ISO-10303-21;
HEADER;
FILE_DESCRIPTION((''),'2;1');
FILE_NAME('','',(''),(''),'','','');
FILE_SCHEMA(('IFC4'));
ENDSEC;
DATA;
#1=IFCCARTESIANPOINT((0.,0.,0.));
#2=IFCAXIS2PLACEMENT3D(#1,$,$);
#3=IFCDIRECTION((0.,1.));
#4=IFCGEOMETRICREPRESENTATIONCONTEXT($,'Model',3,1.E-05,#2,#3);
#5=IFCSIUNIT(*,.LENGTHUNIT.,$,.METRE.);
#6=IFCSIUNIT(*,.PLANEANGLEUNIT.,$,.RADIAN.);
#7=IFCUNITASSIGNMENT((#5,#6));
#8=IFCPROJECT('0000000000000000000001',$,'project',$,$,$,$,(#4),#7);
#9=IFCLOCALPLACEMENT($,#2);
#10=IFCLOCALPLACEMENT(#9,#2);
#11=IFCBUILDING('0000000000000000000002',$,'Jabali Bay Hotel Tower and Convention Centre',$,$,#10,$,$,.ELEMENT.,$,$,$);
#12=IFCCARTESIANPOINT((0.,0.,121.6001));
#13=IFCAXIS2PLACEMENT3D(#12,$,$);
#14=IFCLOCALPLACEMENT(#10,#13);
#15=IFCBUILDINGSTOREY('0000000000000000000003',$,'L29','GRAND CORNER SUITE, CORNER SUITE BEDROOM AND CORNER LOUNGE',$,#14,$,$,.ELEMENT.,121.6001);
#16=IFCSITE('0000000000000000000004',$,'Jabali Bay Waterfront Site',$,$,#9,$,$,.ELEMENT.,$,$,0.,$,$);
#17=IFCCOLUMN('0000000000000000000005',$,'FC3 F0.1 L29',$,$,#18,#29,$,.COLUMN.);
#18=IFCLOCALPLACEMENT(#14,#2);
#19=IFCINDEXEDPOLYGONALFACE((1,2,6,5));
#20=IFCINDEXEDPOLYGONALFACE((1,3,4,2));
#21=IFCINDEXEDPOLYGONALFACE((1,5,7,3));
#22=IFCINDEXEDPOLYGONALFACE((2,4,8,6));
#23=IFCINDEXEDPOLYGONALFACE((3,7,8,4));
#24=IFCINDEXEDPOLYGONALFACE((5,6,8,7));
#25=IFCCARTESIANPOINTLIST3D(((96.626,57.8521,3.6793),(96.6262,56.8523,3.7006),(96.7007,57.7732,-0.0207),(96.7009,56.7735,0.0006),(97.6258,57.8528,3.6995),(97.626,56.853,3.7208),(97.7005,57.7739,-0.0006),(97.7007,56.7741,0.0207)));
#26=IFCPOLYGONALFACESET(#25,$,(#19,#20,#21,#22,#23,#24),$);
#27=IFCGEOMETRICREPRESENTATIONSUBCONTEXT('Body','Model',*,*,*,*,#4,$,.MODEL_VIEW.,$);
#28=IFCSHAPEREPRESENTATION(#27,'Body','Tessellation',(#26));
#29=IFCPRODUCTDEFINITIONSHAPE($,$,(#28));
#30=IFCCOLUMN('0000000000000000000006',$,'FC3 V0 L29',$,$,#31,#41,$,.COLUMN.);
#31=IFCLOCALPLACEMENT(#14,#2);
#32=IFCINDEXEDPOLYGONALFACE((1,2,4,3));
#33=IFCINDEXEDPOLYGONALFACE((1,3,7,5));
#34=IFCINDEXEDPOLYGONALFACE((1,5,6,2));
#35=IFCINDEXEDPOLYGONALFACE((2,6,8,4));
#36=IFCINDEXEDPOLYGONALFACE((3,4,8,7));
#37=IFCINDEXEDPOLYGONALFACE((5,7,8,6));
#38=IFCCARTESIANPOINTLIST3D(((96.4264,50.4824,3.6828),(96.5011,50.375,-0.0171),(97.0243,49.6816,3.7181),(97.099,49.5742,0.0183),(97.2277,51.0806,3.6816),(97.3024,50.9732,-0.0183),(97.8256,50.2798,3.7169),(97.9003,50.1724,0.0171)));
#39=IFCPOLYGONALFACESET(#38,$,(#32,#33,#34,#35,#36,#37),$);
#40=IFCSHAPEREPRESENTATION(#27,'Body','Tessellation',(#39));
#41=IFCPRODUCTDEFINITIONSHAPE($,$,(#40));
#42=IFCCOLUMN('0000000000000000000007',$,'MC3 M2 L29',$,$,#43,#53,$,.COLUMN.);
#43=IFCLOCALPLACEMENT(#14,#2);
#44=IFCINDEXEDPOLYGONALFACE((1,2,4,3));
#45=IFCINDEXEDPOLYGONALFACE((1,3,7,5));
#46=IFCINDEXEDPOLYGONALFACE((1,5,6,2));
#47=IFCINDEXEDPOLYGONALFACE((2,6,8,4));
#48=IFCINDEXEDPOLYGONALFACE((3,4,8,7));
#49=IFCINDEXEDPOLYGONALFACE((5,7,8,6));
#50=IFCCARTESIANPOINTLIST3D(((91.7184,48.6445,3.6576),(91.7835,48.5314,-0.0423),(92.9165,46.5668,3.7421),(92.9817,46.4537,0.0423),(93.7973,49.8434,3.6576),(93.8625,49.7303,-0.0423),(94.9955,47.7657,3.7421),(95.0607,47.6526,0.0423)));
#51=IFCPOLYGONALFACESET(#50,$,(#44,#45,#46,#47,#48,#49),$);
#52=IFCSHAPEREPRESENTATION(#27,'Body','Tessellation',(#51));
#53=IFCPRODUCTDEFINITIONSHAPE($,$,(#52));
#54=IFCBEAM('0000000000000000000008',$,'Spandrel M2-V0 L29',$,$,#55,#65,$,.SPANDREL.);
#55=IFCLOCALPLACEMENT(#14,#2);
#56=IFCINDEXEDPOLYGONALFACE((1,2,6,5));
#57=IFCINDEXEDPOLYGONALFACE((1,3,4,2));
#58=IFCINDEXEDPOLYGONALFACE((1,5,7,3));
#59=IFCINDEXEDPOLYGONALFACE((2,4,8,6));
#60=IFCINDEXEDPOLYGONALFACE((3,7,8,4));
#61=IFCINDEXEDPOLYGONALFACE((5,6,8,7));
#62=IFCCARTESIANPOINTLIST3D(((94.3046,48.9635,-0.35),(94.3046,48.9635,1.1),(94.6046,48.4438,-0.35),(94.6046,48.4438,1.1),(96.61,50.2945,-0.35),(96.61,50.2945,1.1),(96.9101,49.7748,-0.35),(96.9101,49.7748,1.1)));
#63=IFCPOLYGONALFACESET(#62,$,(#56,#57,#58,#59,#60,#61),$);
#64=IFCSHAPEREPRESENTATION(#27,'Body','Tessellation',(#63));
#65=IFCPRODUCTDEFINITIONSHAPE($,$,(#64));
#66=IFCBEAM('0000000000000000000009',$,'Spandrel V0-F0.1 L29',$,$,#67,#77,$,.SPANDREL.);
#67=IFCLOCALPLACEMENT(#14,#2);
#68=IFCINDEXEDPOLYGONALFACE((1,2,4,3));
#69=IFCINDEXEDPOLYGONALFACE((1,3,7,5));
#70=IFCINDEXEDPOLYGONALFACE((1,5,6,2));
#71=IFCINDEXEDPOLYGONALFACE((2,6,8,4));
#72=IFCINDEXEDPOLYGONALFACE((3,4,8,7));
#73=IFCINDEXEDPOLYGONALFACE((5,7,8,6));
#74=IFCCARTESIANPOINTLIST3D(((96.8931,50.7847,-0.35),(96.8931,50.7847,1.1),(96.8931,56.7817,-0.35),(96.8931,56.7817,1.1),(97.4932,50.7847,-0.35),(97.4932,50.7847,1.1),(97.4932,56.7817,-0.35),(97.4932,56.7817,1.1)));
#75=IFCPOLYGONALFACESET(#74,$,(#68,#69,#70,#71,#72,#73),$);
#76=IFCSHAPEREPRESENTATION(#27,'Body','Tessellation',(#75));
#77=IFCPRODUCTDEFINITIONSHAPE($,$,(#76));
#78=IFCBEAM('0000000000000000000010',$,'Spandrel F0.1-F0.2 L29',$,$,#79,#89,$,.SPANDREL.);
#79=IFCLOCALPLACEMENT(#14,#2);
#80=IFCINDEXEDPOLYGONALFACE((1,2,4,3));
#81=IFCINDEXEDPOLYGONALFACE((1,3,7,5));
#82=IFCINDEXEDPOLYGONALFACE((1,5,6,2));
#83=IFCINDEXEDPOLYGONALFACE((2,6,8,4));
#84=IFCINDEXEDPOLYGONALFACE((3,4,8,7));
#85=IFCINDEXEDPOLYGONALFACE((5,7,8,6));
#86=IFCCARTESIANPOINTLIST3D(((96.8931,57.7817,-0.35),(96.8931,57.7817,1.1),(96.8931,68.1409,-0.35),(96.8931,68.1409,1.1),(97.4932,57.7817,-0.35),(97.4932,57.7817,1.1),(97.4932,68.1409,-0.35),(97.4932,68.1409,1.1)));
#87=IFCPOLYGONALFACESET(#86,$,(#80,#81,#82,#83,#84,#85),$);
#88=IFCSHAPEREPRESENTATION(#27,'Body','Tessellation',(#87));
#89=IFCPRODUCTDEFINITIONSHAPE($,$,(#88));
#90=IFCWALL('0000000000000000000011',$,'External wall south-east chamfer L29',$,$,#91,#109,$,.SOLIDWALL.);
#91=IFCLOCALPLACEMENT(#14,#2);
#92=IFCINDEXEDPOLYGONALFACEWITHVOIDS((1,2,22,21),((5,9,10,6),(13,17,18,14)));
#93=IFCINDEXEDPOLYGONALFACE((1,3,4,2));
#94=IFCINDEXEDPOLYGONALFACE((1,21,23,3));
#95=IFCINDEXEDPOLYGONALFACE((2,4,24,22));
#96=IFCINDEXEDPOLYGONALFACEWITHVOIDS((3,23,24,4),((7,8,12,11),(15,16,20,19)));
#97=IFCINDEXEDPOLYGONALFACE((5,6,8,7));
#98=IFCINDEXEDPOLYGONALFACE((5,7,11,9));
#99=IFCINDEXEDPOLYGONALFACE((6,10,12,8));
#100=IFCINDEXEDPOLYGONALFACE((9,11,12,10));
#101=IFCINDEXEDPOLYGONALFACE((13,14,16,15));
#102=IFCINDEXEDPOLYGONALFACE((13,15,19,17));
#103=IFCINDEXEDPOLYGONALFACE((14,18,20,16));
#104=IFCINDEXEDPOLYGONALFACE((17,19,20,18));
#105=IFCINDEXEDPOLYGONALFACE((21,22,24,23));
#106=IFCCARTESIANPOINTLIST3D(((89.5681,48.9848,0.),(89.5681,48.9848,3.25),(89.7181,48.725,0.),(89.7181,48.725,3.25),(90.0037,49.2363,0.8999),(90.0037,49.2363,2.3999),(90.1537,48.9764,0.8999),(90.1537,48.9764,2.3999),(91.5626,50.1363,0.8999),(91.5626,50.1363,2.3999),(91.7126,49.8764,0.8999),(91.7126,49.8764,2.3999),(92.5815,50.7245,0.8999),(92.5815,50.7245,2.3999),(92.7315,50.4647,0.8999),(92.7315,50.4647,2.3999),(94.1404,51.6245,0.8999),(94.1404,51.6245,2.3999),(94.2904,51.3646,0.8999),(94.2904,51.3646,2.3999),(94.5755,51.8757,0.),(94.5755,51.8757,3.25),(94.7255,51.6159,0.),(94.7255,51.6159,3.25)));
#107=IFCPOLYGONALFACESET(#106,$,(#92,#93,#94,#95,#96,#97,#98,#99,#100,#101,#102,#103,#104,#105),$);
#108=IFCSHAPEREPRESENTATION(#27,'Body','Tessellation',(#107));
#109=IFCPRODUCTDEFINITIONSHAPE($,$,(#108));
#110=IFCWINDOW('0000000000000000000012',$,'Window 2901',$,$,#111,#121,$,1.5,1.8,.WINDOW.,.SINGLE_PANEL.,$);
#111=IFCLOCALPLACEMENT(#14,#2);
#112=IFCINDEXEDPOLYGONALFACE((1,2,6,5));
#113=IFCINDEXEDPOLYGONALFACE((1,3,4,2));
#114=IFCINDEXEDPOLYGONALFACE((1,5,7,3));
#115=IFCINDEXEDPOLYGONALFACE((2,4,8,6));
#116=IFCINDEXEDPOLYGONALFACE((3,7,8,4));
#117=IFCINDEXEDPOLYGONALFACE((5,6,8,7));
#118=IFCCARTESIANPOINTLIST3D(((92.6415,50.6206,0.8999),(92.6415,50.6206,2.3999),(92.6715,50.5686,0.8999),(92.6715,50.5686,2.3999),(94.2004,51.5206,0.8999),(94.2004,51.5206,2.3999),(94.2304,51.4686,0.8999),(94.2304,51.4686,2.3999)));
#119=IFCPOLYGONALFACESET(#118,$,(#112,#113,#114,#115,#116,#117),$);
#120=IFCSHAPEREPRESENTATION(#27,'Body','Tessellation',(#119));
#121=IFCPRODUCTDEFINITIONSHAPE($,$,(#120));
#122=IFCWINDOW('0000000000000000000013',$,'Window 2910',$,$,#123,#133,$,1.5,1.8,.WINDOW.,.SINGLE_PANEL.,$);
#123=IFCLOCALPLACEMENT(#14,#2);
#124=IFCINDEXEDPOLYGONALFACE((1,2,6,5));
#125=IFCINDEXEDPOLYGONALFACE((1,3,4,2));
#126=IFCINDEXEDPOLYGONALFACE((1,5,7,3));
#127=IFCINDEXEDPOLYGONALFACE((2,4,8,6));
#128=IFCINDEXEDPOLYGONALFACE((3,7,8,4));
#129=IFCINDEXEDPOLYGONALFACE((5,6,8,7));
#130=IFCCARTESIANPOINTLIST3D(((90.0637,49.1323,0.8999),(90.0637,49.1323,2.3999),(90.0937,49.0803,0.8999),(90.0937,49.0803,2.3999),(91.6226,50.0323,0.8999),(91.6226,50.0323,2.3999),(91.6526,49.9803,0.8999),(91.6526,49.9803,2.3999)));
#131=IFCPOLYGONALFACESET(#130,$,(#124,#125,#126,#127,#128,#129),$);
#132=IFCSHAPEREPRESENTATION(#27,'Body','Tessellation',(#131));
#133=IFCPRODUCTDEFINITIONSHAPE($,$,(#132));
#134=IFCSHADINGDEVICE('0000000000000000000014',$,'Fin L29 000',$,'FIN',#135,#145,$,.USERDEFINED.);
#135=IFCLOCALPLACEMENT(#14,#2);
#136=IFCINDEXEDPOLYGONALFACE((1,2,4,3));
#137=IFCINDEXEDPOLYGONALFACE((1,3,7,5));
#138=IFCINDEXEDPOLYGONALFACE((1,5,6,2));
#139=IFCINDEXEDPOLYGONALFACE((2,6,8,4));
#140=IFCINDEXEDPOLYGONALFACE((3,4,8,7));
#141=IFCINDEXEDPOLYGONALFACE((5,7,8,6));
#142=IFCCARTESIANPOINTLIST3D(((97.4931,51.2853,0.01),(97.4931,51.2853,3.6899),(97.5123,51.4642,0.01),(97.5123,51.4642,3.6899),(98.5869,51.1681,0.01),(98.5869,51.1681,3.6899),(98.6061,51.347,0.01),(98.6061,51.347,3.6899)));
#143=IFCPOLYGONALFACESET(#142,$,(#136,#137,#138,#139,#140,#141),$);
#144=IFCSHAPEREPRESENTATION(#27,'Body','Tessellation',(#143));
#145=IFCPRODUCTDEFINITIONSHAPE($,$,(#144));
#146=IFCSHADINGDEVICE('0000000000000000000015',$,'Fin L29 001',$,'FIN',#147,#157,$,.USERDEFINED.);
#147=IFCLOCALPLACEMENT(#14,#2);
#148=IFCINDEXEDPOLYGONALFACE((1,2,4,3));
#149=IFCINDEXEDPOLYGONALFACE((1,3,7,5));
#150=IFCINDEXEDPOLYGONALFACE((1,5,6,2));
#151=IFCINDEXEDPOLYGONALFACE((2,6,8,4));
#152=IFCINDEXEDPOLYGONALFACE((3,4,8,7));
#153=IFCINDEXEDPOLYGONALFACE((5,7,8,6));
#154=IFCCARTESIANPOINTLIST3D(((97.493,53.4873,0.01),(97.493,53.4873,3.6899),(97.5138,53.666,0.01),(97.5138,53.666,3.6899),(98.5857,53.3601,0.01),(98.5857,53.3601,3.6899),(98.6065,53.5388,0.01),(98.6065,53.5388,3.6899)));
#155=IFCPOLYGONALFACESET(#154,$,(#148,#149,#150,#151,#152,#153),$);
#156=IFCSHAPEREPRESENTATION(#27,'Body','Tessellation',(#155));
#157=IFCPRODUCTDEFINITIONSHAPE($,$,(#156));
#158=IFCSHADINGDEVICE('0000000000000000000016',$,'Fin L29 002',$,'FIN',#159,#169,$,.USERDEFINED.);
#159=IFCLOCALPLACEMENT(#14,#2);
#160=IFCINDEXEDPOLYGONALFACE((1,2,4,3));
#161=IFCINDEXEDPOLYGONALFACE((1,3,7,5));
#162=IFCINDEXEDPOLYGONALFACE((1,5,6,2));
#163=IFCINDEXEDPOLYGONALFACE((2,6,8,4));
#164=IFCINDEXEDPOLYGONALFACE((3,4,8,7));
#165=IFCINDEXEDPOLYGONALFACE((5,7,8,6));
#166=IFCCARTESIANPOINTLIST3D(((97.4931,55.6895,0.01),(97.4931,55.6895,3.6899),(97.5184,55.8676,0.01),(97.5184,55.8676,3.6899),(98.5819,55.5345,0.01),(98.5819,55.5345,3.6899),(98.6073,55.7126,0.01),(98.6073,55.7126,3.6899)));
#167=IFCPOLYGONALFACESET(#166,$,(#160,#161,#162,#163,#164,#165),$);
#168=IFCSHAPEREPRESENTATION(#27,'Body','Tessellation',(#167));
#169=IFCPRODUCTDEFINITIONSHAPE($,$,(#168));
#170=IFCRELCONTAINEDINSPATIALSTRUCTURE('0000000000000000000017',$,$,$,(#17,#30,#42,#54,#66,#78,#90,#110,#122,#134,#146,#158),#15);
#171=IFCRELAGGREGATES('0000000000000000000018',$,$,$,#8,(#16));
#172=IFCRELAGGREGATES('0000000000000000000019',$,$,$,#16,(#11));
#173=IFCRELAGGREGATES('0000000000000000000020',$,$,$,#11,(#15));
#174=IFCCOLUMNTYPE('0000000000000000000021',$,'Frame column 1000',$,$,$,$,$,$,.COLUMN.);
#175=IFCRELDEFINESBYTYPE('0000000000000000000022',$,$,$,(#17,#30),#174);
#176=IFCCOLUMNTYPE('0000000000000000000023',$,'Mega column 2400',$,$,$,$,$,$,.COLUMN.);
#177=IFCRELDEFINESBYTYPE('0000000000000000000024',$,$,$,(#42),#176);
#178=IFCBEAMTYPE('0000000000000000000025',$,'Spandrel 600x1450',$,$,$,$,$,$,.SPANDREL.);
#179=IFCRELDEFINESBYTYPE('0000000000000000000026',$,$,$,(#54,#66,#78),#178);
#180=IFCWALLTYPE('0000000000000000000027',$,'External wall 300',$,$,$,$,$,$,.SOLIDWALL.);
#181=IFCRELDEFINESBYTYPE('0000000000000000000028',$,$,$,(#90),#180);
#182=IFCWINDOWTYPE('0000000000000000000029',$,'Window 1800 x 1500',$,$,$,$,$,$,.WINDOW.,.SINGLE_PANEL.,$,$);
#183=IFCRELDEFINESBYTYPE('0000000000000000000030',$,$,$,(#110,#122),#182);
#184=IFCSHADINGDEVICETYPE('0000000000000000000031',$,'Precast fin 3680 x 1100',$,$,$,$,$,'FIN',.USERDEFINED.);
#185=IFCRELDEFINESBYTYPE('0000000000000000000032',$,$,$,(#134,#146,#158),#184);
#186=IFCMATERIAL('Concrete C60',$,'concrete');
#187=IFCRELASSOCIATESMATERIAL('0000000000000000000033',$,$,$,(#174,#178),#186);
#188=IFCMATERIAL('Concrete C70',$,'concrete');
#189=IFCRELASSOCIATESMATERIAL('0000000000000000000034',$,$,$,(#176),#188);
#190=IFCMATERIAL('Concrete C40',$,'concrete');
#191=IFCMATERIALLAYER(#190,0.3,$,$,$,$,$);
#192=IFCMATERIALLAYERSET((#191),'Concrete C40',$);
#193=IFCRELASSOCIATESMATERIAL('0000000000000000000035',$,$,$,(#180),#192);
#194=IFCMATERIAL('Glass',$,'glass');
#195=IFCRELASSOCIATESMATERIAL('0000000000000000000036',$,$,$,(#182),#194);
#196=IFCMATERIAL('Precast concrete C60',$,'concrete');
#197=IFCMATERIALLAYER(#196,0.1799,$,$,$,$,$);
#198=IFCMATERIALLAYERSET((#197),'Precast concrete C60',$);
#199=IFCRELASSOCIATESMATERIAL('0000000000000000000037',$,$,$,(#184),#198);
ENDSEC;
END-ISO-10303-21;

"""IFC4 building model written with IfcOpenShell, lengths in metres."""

from ifc_helpers import new_model, si_unit, direction, frame, frame_2d, origin, origin_2d, place, context, subcontext, project, spatial, rectangle, extrude, material, layer, layer_set, material_profile, profile_set, type_object, element, fill, save


model = new_model("IFC4")

# Units and contexts
model_context = context("Model", 3, precision=1e-05, world=origin(), true_north=direction((0.0, 1.0)))
body_context = subcontext(model_context, "Body", "Model", "MODEL_VIEW")
ifc_project = project(units=[si_unit("LENGTHUNIT", "METRE"), si_unit("PLANEANGLEUNIT", "RADIAN")], contexts=[model_context])

# Site, building, storey
site_placement = place(None, origin())
site = spatial("IfcSite", under=ifc_project, at=site_placement, Name="Jabali Bay Waterfront Site", CompositionType="ELEMENT", RefElevation=0.0)
building_placement = place(site_placement, origin())
building = spatial("IfcBuilding", under=site, at=building_placement, Name="Jabali Bay Hotel Tower and Convention Centre", CompositionType="ELEMENT")
storey_placement = place(building_placement, frame((0.0, 0.0, 121.6001)))
storey = spatial("IfcBuildingStorey", under=building, at=storey_placement, Name="L29", Description="GRAND CORNER SUITE, CORNER SUITE BEDROOM AND CORNER LOUNGE", CompositionType="ELEMENT", Elevation=121.6001)

# Columns
ifc_material_1 = material(Name="Concrete C60", Category="concrete")
ifc_material_profile_1 = material_profile(ifc_material_1, rectangle(XDim=1.0, YDim=1.0, at=origin_2d()), Name="Frame column 1000")
ifc_profile_set_1 = profile_set([ifc_material_profile_1], Name="Concrete C60")
column_type_1 = type_object("IfcColumnType", Name="Frame column 1000", PredefinedType="COLUMN", material=ifc_profile_set_1)
column_1_placement = place(storey_placement, frame((97.2007, 57.2737, 0.0), z_axis=(-0.020183, 0.021304, 0.999569), x_axis=(0.000228, -0.999773, 0.021313)))
element("IfcColumn", 1, at=column_1_placement, inside=storey, type_object=column_type_1, Name="FC3 F0.1 L29", PredefinedType="COLUMN", context=body_context, shape_type="SweptSolid", body=[
    extrude(rectangle(XDim=1.0, YDim=1.0, at=origin_2d()), origin(), (0.0, 0.0, 1.0), 3.7017),
])
column_2_placement = place(storey_placement, frame((97.2007, 50.2737, 0.0), z_axis=(-0.020179, 0.029015, 0.999375), x_axis=(-0.801322, -0.598232, 0.001189)))
element("IfcColumn", 2, at=column_2_placement, inside=storey, type_object=column_type_1, Name="FC3 V0 L29", PredefinedType="COLUMN", context=body_context, shape_type="SweptSolid", body=[
    extrude(rectangle(XDim=1.0, YDim=1.0, at=origin_2d()), origin(), (0.0, 0.0, 1.0), 3.7021),
])
ifc_material_2 = material(Name="Concrete C70", Category="concrete")
ifc_material_profile_2 = material_profile(ifc_material_2, rectangle(XDim=2.3999, YDim=2.3999, at=origin_2d()), Name="Mega column 2400")
ifc_profile_set_2 = profile_set([ifc_material_profile_2], Name="Concrete C70")
column_type_2 = type_object("IfcColumnType", Name="Mega column 2400", PredefinedType="COLUMN", material=ifc_profile_set_2)
column_3_placement = place(storey_placement, frame((93.4221, 48.092, 0.0), z_axis=(-0.017607, 0.030532, 0.999379), x_axis=(-0.866277, -0.499564, 0.0)))
element("IfcColumn", 3, at=column_3_placement, inside=storey, type_object=column_type_2, Name="MC3 M2 L29", PredefinedType="COLUMN", context=body_context, shape_type="SweptSolid", body=[
    extrude(rectangle(XDim=2.3999, YDim=2.3999, at=origin_2d()), origin(), (0.0, 0.0, 1.0), 3.7021),
])

# Beams
ifc_material_profile_3 = material_profile(ifc_material_1, rectangle(XDim=0.6001, YDim=1.45, at=origin_2d()), Name="Spandrel 600x1450")
ifc_profile_set_3 = profile_set([ifc_material_profile_3], Name="Concrete C60")
beam_type = type_object("IfcBeamType", Name="Spandrel 600x1450", PredefinedType="SPANDREL", material=ifc_profile_set_3)
beam_1_placement = place(storey_placement, frame((94.4546, 48.7036, 0.375), z_axis=(0.866022, 0.500006, 0.0), x_axis=(-0.500006, 0.866022, 0.0)))
element("IfcBeam", 4, at=beam_1_placement, inside=storey, type_object=beam_type, Name="Spandrel M2-V0 L29", PredefinedType="SPANDREL", context=body_context, shape_type="SweptSolid", body=[
    extrude(rectangle(XDim=0.6001, YDim=1.45, at=origin_2d()), origin(), (0.0, 0.0, 1.0), 2.6621),
])
beam_2_placement = place(storey_placement, frame((97.1931, 50.7847, 0.375), z_axis=(0.0, 1.0, 0.0), x_axis=(-1.0, 0.0, 0.0)))
element("IfcBeam", 5, at=beam_2_placement, inside=storey, type_object=beam_type, Name="Spandrel V0-F0.1 L29", PredefinedType="SPANDREL", context=body_context, shape_type="SweptSolid", body=[
    extrude(rectangle(XDim=0.6001, YDim=1.45, at=origin_2d()), origin(), (0.0, 0.0, 1.0), 5.9971),
])
beam_3_placement = place(storey_placement, frame((97.1931, 57.7817, 0.375), z_axis=(0.0, 1.0, 0.0), x_axis=(-1.0, 0.0, 0.0)))
element("IfcBeam", 6, at=beam_3_placement, inside=storey, type_object=beam_type, Name="Spandrel F0.1-F0.2 L29", PredefinedType="SPANDREL", context=body_context, shape_type="SweptSolid", body=[
    extrude(rectangle(XDim=0.6001, YDim=1.45, at=origin_2d()), origin(), (0.0, 0.0, 1.0), 10.3591),
])

# Wall, openings, windows
ifc_material_3 = material(Name="Concrete C40", Category="concrete")
ifc_layer_1 = layer(ifc_material_3, 0.3)
ifc_layer_set_1 = layer_set([ifc_layer_1], Name="Concrete C40")
wall_type = type_object("IfcWallType", Name="External wall 300", PredefinedType="SOLIDWALL", material=ifc_layer_set_1)
wall_placement = place(storey_placement, frame((94.6506, 51.7458, 0.0), z_axis=(0.0, 0.0, 1.0), x_axis=(-0.866034, -0.499986, 0.0)))
wall = element("IfcWall", 7, at=wall_placement, inside=storey, type_object=wall_type, Name="External wall south-east chamfer L29", PredefinedType="SOLIDWALL", context=body_context, shape_type="SweptSolid", body=[
    extrude(rectangle(XDim=5.782, YDim=0.3, at=frame_2d((2.8911, 0.0))), origin(), (0.0, 0.0, 1.0), 3.25),
])
opening_1_placement = place(wall_placement, frame((0.5027, 0.0, 0.8999)))
opening_1 = element("IfcOpeningElement", 8, at=opening_1_placement, cuts=wall, PredefinedType="OPENING", context=body_context, shape_type="SweptSolid", body=[
    extrude(rectangle(XDim=1.8, YDim=1.5, at=frame_2d((0.8999, 0.75))), frame((0.0, 0.1606, 0.0), z_axis=(0.0, -1.0, 0.0), x_axis=(1.0, 0.0, 0.0)), (0.0, 0.0, 1.0), 0.321),
])
opening_2_placement = place(wall_placement, frame((3.4792, 0.0, 0.8999)))
opening_2 = element("IfcOpeningElement", 9, at=opening_2_placement, cuts=wall, PredefinedType="OPENING", context=body_context, shape_type="SweptSolid", body=[
    extrude(rectangle(XDim=1.8, YDim=1.5, at=frame_2d((0.8999, 0.75))), frame((0.0, 0.1606, 0.0), z_axis=(0.0, -1.0, 0.0), x_axis=(1.0, 0.0, 0.0)), (0.0, 0.0, 1.0), 0.321),
])
ifc_material_4 = material(Name="Glass", Category="glass")
window_type = type_object("IfcWindowType", Name="Window 1800 x 1500", PartitioningType="SINGLE_PANEL", PredefinedType="WINDOW", material=ifc_material_4)
window_1_placement = place(opening_1_placement, origin())
window_1 = element("IfcWindow", 10, at=window_1_placement, inside=storey, type_object=window_type, Name="Window 2901", OverallHeight=1.5, OverallWidth=1.8, PartitioningType="SINGLE_PANEL", PredefinedType="WINDOW", context=body_context, shape_type="SweptSolid", body=[
    extrude(rectangle(XDim=1.8, YDim=1.5, at=frame_2d((0.8999, 0.75))), frame((0.0, 0.03, 0.0), z_axis=(0.0, -1.0, 0.0), x_axis=(1.0, 0.0, 0.0)), (0.0, 0.0, 1.0), 0.0601),
])
fill(opening_1, window_1)
window_2_placement = place(opening_2_placement, origin())
window_2 = element("IfcWindow", 11, at=window_2_placement, inside=storey, type_object=window_type, Name="Window 2910", OverallHeight=1.5, OverallWidth=1.8, PartitioningType="SINGLE_PANEL", PredefinedType="WINDOW", context=body_context, shape_type="SweptSolid", body=[
    extrude(rectangle(XDim=1.8, YDim=1.5, at=frame_2d((0.8999, 0.75))), frame((0.0, 0.03, 0.0), z_axis=(0.0, -1.0, 0.0), x_axis=(1.0, 0.0, 0.0)), (0.0, 0.0, 1.0), 0.0601),
])
fill(opening_2, window_2)

# Shading devices
ifc_material_5 = material(Name="Precast concrete C60", Category="concrete")
ifc_layer_2 = layer(ifc_material_5, 0.1799)
ifc_layer_set_2 = layer_set([ifc_layer_2], Name="Precast concrete C60")
shading_device_type_1 = type_object("IfcShadingDeviceType", Name="Precast fin 3680 x 1100", ElementType="FIN", PredefinedType="USERDEFINED", material=ifc_layer_set_2)
for number, where, z_axis, x_axis, name in (
    (12, (97.5027, 51.3748, 0.01), (0.0, 0.0, 1.0), (0.994309, -0.106533, 0.0), "Fin L29 000"),
    (13, (97.5034, 53.5767, 0.01), (0.0, 0.0, 1.0), (0.993294, -0.115618, 0.0), "Fin L29 001"),
):
    element("IfcShadingDevice", number, at=place(storey_placement, frame(where, z_axis=z_axis, x_axis=x_axis)), inside=storey, type_object=shading_device_type_1, Name=name, ObjectType="FIN", PredefinedType="USERDEFINED", context=body_context, shape_type="SweptSolid", body=[
        extrude(rectangle(XDim=1.1001, YDim=0.1799, at=frame_2d((0.55, 0.0))), origin(), (0.0, 0.0, 1.0), 3.6799),
    ])
shading_device_1_placement = place(storey_placement, frame((97.5059, 55.7786, 0.01), z_axis=(0.0, 0.0, 1.0), x_axis=(0.990016, -0.140955, 0.0)))
element("IfcShadingDevice", 14, at=shading_device_1_placement, inside=storey, type_object=shading_device_type_1, Name="Fin L29 002", ObjectType="FIN", PredefinedType="USERDEFINED", context=body_context, shape_type="SweptSolid", body=[
    extrude(rectangle(XDim=1.0999, YDim=0.1799, at=frame_2d((0.5498, 0.0))), origin(), (0.0, 0.0, 1.0), 3.6799),
])

save(model, "model.ifc")
